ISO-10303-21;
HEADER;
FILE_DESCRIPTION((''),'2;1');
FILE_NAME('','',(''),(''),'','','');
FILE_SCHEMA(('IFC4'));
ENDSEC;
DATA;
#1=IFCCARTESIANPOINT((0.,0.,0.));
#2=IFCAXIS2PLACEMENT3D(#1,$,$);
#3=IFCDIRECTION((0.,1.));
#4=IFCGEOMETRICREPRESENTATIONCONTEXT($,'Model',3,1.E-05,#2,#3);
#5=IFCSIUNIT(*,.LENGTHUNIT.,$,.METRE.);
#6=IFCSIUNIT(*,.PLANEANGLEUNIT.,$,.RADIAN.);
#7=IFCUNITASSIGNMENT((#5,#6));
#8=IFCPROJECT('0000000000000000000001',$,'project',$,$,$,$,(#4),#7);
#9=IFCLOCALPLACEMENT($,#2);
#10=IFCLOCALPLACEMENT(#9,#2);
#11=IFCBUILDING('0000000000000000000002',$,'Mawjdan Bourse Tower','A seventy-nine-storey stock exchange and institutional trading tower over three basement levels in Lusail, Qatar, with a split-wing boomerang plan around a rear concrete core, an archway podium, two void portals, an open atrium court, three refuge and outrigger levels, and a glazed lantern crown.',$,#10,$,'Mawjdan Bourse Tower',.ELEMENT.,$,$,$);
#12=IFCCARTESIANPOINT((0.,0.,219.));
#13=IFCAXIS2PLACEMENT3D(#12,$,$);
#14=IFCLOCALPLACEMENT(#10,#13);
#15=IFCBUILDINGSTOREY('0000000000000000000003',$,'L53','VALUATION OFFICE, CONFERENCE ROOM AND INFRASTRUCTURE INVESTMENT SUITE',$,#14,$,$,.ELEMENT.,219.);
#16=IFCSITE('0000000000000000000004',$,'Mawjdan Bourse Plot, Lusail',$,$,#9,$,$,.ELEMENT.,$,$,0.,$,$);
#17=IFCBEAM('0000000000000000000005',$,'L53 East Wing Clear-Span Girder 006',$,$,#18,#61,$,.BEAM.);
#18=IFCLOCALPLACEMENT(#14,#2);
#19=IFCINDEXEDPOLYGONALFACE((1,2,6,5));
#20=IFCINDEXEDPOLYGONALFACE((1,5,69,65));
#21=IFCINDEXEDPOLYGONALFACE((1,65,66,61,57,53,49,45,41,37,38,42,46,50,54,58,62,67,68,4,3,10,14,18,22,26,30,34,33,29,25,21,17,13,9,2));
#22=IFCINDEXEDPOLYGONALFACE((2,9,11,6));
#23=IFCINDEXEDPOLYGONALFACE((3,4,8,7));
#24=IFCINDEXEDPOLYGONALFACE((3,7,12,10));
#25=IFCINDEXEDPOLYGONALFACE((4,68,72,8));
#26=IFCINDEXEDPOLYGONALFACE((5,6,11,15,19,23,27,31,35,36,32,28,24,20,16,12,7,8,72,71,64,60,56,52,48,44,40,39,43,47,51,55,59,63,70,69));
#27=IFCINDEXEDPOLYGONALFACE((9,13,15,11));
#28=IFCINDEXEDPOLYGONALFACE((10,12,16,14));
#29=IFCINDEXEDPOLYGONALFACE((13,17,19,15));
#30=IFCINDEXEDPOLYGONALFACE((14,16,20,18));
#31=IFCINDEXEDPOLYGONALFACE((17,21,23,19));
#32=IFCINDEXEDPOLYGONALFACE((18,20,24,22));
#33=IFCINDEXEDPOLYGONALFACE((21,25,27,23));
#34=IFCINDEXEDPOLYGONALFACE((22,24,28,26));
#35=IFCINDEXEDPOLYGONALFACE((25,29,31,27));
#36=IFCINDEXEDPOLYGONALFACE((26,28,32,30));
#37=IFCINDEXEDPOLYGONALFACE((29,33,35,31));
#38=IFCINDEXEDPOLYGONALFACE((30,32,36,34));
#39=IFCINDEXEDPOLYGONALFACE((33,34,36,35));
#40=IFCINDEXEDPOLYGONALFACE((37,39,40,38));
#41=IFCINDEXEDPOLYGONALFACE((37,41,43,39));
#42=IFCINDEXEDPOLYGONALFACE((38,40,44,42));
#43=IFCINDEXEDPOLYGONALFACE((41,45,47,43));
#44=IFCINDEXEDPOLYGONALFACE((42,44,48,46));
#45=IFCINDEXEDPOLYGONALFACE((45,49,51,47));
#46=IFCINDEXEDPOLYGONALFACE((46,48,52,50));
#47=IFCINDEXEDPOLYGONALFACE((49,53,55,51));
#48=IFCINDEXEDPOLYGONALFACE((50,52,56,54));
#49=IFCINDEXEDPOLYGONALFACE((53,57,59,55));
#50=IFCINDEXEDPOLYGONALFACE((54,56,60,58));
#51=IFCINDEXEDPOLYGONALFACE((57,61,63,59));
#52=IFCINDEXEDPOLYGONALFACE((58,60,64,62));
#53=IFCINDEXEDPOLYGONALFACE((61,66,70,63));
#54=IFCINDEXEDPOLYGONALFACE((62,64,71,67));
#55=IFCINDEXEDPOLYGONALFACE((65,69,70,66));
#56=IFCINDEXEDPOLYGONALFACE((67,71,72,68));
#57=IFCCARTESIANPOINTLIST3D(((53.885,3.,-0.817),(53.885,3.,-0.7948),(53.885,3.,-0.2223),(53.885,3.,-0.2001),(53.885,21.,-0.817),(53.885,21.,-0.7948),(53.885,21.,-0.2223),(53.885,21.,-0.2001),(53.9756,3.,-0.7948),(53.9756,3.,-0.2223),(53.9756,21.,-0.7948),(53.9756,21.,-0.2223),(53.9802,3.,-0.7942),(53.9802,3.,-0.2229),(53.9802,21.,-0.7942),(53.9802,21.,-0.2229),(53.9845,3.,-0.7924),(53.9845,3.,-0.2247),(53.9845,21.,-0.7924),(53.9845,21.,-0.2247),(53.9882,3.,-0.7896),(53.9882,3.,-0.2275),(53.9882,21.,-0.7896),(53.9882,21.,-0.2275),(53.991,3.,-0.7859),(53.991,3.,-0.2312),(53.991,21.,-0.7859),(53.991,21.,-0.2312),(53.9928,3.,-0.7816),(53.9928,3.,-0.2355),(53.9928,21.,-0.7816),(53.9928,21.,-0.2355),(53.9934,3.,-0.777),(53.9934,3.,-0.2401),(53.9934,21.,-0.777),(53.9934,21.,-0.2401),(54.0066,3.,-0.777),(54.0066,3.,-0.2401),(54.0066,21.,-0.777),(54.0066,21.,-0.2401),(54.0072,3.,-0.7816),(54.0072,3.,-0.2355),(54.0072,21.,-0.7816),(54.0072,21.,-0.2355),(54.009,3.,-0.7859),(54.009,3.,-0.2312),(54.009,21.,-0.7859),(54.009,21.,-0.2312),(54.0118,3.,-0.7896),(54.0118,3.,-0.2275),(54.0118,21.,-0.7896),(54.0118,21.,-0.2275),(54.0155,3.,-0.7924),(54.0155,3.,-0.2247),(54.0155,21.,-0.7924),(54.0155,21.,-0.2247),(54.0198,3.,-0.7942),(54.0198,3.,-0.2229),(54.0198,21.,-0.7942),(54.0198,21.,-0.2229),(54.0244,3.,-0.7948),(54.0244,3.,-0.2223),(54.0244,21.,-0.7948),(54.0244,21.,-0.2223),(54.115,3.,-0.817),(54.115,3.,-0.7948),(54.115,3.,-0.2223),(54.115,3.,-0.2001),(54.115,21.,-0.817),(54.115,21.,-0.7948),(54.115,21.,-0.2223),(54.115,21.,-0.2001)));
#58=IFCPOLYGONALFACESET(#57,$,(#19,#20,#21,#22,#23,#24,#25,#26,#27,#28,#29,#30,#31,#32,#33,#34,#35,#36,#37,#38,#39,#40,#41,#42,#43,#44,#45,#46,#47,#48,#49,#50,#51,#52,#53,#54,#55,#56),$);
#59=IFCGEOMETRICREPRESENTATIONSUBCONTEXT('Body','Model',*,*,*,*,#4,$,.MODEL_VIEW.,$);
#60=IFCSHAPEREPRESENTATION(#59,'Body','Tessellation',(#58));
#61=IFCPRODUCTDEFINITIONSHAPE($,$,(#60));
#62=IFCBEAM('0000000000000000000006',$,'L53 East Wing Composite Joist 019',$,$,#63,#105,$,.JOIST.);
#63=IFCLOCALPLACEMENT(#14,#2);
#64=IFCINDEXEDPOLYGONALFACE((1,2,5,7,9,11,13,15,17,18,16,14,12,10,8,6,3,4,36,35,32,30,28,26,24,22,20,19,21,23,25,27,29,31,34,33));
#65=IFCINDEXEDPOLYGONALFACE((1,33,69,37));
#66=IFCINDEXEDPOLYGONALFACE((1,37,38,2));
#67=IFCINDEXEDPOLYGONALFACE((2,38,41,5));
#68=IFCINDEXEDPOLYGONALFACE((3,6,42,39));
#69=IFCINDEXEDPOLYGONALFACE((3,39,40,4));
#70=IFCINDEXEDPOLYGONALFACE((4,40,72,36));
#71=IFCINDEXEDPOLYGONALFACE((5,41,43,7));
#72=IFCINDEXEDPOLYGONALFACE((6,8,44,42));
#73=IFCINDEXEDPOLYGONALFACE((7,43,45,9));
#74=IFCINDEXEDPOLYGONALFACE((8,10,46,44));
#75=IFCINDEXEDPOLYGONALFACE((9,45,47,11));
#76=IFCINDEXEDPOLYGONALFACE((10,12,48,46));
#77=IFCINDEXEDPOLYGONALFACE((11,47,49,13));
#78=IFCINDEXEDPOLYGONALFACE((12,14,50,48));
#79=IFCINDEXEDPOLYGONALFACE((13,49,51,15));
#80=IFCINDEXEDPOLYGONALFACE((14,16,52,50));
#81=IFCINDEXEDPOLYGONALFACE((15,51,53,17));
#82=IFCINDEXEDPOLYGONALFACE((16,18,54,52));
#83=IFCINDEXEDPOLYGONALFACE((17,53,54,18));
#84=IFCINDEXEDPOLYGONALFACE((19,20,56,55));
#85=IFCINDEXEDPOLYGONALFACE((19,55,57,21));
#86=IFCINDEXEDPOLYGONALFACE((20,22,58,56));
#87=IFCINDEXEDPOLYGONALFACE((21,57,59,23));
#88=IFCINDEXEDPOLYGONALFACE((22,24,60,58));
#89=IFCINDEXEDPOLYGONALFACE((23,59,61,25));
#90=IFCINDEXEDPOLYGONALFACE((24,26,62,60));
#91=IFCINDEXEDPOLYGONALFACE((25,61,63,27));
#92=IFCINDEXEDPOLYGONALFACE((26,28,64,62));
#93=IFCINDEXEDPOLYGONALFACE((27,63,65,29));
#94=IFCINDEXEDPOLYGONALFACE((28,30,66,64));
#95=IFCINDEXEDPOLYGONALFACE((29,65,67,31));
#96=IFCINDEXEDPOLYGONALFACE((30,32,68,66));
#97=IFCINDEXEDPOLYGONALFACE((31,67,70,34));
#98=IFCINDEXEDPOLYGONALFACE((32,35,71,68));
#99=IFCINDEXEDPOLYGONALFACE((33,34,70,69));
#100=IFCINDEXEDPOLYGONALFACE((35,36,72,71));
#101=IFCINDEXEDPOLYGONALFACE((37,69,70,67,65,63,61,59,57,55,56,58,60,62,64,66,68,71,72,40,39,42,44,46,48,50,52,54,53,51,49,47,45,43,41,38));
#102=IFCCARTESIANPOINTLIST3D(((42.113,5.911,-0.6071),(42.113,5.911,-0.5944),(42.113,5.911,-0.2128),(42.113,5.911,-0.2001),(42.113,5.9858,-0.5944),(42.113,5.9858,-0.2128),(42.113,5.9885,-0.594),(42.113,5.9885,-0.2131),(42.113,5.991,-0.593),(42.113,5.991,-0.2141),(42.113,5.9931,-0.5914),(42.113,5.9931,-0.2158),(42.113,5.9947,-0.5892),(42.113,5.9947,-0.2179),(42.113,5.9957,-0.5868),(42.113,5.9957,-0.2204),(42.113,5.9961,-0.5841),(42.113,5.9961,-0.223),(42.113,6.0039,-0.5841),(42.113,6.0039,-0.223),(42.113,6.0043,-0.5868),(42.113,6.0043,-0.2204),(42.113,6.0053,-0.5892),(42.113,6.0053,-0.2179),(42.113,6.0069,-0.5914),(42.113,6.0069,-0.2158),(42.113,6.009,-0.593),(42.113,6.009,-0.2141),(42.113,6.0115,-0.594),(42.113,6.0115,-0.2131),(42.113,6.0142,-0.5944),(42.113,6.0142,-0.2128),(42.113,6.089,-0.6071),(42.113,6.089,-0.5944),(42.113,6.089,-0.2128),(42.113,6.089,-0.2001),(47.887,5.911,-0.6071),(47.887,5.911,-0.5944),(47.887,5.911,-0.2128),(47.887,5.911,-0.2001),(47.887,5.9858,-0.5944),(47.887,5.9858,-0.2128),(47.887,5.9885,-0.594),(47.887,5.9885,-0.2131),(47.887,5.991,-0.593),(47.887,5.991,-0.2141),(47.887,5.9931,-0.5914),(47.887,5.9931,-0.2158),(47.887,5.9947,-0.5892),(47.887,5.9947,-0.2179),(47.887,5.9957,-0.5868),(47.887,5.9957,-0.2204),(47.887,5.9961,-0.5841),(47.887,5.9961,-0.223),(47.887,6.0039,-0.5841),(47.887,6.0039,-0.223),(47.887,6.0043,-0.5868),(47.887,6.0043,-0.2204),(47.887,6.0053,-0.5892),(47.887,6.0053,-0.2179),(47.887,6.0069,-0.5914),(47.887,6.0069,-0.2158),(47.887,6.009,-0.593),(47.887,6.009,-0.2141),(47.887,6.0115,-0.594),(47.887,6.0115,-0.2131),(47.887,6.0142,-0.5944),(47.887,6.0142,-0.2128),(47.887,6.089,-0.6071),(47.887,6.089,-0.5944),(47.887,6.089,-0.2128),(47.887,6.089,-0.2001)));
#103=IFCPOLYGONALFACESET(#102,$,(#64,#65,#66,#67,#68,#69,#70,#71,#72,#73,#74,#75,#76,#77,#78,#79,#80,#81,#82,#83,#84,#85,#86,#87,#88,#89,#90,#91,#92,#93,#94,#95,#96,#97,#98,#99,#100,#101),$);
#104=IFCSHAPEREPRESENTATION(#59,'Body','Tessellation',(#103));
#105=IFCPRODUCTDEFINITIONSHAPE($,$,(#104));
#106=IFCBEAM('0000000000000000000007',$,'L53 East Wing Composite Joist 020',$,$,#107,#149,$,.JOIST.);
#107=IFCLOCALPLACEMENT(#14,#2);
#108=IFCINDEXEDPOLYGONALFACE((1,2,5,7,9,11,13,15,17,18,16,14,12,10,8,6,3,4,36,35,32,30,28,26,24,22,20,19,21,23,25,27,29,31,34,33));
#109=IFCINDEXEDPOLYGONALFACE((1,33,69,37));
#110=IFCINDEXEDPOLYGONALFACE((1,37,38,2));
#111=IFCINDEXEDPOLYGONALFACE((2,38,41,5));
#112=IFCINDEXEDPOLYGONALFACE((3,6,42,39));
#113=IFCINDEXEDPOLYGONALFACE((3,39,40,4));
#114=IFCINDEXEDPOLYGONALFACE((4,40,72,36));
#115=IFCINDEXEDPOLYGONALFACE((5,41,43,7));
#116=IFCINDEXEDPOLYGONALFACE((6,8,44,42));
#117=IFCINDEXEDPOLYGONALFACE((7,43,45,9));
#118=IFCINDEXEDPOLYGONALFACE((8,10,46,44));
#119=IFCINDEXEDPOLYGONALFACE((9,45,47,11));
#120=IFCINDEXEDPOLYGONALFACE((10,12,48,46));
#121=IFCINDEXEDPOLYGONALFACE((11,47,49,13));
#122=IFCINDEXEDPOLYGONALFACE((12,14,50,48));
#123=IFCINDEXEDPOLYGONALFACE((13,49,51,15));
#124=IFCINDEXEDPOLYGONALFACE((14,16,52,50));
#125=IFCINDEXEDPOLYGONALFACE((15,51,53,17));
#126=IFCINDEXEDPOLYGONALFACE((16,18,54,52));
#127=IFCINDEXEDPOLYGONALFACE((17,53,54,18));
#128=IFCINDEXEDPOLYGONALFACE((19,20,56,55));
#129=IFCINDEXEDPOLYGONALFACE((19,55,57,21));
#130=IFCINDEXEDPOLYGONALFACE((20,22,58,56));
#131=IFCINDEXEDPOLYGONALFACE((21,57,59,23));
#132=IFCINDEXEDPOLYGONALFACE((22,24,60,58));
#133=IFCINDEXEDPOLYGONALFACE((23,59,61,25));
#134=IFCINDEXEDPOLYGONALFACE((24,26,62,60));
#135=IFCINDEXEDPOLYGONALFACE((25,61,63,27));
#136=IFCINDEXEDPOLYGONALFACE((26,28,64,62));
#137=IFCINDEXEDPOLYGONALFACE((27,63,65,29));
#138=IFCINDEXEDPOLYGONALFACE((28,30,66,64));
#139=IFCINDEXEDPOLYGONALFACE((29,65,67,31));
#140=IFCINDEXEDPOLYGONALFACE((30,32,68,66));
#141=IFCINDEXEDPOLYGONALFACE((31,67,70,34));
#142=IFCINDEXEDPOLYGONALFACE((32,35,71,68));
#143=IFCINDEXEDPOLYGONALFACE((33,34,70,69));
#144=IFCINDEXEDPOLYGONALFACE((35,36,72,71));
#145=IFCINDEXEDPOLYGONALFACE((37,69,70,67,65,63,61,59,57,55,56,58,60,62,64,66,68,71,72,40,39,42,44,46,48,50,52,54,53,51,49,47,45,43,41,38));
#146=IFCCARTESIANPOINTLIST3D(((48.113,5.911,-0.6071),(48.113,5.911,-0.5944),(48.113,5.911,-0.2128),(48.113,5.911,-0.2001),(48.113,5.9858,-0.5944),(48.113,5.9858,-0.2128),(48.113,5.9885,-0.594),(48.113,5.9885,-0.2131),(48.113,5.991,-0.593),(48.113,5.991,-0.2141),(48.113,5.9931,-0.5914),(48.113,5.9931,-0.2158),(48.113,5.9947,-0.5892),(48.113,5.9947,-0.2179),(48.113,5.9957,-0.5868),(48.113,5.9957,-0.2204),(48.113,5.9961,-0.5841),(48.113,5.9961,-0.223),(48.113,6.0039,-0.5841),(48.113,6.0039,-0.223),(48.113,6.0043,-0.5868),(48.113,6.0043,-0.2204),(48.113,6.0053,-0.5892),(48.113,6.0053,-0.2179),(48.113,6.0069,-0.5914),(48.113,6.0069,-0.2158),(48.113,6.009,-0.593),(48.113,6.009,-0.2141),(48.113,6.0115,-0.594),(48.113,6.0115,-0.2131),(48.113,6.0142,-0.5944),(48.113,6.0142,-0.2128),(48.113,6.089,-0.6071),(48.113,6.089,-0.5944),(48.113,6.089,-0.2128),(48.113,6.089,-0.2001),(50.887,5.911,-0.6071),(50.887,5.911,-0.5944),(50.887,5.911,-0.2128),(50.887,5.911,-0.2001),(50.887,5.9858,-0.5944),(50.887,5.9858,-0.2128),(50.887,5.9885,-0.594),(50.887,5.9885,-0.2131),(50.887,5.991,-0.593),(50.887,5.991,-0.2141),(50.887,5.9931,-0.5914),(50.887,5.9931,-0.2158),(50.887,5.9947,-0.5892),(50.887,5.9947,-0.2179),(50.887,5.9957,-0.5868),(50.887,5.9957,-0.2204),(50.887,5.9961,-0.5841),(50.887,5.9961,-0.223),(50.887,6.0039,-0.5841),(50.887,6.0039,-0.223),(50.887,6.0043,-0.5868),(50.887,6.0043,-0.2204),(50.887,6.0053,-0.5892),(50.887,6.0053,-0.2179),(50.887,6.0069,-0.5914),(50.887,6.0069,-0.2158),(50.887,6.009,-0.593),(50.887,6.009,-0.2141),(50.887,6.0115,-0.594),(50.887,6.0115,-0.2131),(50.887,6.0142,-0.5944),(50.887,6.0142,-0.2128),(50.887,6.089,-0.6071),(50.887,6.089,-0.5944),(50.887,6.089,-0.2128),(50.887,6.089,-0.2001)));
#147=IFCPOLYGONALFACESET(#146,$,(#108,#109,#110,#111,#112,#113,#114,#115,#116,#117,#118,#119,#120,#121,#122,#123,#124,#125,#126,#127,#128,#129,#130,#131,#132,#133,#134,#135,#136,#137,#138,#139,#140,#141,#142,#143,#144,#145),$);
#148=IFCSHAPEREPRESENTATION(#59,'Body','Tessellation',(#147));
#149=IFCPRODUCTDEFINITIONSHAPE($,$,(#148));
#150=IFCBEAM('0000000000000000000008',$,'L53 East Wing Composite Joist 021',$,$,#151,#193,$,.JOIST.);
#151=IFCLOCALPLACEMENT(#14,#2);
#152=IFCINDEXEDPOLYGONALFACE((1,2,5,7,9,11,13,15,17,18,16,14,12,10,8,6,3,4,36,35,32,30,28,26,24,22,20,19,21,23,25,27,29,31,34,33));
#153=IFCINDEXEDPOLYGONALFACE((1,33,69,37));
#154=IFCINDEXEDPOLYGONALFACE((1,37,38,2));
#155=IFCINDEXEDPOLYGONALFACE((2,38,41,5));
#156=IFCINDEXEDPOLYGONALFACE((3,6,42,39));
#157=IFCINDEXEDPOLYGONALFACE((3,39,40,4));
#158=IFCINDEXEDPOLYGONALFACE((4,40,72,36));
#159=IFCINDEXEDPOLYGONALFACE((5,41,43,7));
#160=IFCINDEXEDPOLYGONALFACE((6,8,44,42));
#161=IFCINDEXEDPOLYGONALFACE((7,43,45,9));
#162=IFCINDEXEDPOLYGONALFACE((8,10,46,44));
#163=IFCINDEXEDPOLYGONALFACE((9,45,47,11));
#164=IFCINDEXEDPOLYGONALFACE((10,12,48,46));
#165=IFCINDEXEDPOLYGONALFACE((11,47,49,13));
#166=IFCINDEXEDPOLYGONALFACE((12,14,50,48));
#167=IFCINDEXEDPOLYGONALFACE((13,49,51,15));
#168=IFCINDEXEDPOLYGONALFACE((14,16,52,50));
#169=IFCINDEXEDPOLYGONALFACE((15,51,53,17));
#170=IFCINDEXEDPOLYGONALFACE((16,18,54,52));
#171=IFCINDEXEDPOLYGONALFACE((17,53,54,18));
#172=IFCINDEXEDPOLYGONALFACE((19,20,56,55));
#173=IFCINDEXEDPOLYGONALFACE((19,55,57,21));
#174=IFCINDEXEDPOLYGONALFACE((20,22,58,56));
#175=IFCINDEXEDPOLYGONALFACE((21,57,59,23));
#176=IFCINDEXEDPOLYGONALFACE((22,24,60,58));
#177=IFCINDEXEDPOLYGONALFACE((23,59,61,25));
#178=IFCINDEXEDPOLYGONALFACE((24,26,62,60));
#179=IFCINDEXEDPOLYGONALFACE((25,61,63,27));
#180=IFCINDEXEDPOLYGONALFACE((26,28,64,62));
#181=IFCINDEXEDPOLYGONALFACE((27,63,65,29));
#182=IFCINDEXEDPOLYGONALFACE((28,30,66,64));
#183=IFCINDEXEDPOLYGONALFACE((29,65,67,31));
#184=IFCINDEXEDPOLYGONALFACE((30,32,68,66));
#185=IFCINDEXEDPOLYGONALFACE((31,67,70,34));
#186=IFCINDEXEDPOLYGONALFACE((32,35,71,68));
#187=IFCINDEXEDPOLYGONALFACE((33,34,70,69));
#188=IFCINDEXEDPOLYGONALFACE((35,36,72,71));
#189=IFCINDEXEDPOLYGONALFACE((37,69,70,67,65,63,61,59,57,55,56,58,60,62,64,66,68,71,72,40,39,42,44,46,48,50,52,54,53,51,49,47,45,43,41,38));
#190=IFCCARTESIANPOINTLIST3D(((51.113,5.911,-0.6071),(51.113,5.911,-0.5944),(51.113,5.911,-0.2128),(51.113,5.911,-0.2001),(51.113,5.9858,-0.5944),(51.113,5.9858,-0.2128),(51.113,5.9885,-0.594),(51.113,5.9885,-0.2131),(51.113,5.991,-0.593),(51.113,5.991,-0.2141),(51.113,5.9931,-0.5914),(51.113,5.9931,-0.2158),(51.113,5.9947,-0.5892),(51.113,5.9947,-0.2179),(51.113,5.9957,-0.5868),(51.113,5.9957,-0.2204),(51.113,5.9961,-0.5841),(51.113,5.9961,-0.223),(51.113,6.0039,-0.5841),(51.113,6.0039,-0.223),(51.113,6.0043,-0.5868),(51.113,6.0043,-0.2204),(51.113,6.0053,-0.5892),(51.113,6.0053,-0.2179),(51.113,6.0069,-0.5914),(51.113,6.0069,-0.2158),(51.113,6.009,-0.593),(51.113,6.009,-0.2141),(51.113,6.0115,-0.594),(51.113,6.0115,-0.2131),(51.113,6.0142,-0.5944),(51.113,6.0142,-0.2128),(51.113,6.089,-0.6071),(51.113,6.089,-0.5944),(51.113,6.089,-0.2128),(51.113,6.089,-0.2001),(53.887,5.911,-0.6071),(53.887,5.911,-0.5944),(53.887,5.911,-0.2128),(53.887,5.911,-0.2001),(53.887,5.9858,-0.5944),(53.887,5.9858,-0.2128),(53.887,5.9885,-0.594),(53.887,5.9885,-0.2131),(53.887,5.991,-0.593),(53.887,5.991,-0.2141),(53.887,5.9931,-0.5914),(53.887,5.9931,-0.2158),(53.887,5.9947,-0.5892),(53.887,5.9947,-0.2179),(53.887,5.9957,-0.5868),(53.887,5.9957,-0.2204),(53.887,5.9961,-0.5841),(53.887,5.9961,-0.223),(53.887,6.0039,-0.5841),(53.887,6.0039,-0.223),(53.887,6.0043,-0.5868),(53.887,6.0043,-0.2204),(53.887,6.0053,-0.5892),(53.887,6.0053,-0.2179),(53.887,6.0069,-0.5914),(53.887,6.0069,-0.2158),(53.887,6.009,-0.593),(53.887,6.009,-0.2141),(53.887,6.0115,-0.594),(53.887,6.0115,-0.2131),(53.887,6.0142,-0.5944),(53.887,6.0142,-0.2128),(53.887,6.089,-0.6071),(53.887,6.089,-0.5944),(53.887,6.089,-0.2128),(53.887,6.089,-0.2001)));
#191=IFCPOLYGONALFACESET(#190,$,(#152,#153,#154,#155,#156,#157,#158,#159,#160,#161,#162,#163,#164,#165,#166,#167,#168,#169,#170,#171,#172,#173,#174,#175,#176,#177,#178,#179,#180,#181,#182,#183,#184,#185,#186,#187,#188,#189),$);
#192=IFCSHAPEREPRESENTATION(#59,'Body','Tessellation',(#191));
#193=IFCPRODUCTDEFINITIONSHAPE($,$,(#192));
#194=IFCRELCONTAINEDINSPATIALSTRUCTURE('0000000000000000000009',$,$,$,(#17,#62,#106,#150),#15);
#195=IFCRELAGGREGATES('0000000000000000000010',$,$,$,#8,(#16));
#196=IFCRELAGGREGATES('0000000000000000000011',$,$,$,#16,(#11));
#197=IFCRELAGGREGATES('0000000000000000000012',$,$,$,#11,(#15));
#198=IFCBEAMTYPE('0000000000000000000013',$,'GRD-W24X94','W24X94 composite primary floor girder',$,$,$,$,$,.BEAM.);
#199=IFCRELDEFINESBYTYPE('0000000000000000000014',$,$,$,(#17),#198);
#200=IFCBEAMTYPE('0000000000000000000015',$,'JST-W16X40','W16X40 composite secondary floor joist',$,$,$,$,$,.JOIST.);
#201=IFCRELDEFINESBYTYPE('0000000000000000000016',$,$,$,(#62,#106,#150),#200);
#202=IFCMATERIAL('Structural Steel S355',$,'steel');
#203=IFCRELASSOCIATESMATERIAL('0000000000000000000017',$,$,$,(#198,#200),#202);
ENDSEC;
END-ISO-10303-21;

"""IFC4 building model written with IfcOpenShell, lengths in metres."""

from ifc_helpers import new_model, si_unit, direction, frame, origin, origin_2d, place, context, subcontext, project, spatial, i_section, extrude, material, material_profile, profile_set, type_object, element, save


model = new_model("IFC4")

# Units and contexts
model_context = context("Model", 3, precision=1e-05, world=origin(), true_north=direction((0.0, 1.0)))
body_context = subcontext(model_context, "Body", "Model", "MODEL_VIEW")
ifc_project = project(units=[si_unit("LENGTHUNIT", "METRE"), si_unit("PLANEANGLEUNIT", "RADIAN")], contexts=[model_context])

# Site, building, storey
site_placement = place(None, origin())
site = spatial("IfcSite", under=ifc_project, at=site_placement, Name="Mawjdan Bourse Plot, Lusail", CompositionType="ELEMENT", RefElevation=0.0)
building_placement = place(site_placement, origin())
building = spatial("IfcBuilding", under=site, at=building_placement, Name="Mawjdan Bourse Tower", Description="A seventy-nine-storey stock exchange and institutional trading tower over three basement levels in Lusail, Qatar, with a split-wing boomerang plan around a rear concrete core, an archway podium, two void portals, an open atrium court, three refuge and outrigger levels, and a glazed lantern crown.", LongName="Mawjdan Bourse Tower", CompositionType="ELEMENT")
storey_placement = place(building_placement, frame((0.0, 0.0, 219.0)))
storey = spatial("IfcBuildingStorey", under=building, at=storey_placement, Name="L53", Description="VALUATION OFFICE, CONFERENCE ROOM AND INFRASTRUCTURE INVESTMENT SUITE", CompositionType="ELEMENT", Elevation=219.0)

# Beams
ifc_material_1 = material(Name="Structural Steel S355", Category="steel")
ifc_material_profile_1 = material_profile(ifc_material_1, i_section(OverallWidth=0.23, OverallDepth=0.6169, WebThickness=0.0132, FlangeThickness=0.0222, FilletRadius=0.0178, at=origin_2d()), Name="W24X94")
ifc_profile_set_1 = profile_set([ifc_material_profile_1], Name="Structural Steel S355")
beam_type_1 = type_object("IfcBeamType", Name="GRD-W24X94", Description="W24X94 composite primary floor girder", PredefinedType="BEAM", material=ifc_profile_set_1)
for number, where, z_axis, x_axis, name in (
    (1, (54.0, 3.0, -0.5085), (0.0, 1.0, 0.0), (-1.0, 0.0, 0.0), "L53 East Wing Clear-Span Girder 006"),
):
    element("IfcBeam", number, at=place(storey_placement, frame(where, z_axis=z_axis, x_axis=x_axis)), inside=storey, type_object=beam_type_1, Name=name, PredefinedType="BEAM", context=body_context, shape_type="SweptSolid", body=[
        extrude(i_section(OverallWidth=0.23, OverallDepth=0.6169, WebThickness=0.0132, FlangeThickness=0.0222, FilletRadius=0.0178, at=origin_2d()), origin(), (0.0, 0.0, 1.0), 18.0),
    ])
ifc_material_profile_2 = material_profile(ifc_material_1, i_section(OverallWidth=0.178, OverallDepth=0.407, WebThickness=0.0078, FlangeThickness=0.0127, FilletRadius=0.0103, at=origin_2d()), Name="W16X40")
ifc_profile_set_2 = profile_set([ifc_material_profile_2], Name="Structural Steel S355")
beam_type_2 = type_object("IfcBeamType", Name="JST-W16X40", Description="W16X40 composite secondary floor joist", PredefinedType="JOIST", material=ifc_profile_set_2)
beam_1_placement = place(storey_placement, frame((42.113, 6.0, -0.4036), z_axis=(1.0, 0.0, 0.0), x_axis=(0.0, 1.0, 0.0)))
element("IfcBeam", 2, at=beam_1_placement, inside=storey, type_object=beam_type_2, Name="L53 East Wing Composite Joist 019", PredefinedType="JOIST", context=body_context, shape_type="SweptSolid", body=[
    extrude(i_section(OverallWidth=0.178, OverallDepth=0.407, WebThickness=0.0078, FlangeThickness=0.0127, FilletRadius=0.0103, at=origin_2d()), origin(), (0.0, 0.0, 1.0), 5.7739),
])
for number, where, z_axis, x_axis, name in (
    (3, (48.113, 6.0, -0.4036), (1.0, 0.0, 0.0), (0.0, 1.0, 0.0), "L53 East Wing Composite Joist 020"),
    (4, (51.113, 6.0, -0.4036), (1.0, 0.0, 0.0), (0.0, 1.0, 0.0), "L53 East Wing Composite Joist 021"),
):
    element("IfcBeam", number, at=place(storey_placement, frame(where, z_axis=z_axis, x_axis=x_axis)), inside=storey, type_object=beam_type_2, Name=name, PredefinedType="JOIST", context=body_context, shape_type="SweptSolid", body=[
        extrude(i_section(OverallWidth=0.178, OverallDepth=0.407, WebThickness=0.0078, FlangeThickness=0.0127, FilletRadius=0.0103, at=origin_2d()), origin(), (0.0, 0.0, 1.0), 2.7739),
    ])

save(model, "model.ifc")
